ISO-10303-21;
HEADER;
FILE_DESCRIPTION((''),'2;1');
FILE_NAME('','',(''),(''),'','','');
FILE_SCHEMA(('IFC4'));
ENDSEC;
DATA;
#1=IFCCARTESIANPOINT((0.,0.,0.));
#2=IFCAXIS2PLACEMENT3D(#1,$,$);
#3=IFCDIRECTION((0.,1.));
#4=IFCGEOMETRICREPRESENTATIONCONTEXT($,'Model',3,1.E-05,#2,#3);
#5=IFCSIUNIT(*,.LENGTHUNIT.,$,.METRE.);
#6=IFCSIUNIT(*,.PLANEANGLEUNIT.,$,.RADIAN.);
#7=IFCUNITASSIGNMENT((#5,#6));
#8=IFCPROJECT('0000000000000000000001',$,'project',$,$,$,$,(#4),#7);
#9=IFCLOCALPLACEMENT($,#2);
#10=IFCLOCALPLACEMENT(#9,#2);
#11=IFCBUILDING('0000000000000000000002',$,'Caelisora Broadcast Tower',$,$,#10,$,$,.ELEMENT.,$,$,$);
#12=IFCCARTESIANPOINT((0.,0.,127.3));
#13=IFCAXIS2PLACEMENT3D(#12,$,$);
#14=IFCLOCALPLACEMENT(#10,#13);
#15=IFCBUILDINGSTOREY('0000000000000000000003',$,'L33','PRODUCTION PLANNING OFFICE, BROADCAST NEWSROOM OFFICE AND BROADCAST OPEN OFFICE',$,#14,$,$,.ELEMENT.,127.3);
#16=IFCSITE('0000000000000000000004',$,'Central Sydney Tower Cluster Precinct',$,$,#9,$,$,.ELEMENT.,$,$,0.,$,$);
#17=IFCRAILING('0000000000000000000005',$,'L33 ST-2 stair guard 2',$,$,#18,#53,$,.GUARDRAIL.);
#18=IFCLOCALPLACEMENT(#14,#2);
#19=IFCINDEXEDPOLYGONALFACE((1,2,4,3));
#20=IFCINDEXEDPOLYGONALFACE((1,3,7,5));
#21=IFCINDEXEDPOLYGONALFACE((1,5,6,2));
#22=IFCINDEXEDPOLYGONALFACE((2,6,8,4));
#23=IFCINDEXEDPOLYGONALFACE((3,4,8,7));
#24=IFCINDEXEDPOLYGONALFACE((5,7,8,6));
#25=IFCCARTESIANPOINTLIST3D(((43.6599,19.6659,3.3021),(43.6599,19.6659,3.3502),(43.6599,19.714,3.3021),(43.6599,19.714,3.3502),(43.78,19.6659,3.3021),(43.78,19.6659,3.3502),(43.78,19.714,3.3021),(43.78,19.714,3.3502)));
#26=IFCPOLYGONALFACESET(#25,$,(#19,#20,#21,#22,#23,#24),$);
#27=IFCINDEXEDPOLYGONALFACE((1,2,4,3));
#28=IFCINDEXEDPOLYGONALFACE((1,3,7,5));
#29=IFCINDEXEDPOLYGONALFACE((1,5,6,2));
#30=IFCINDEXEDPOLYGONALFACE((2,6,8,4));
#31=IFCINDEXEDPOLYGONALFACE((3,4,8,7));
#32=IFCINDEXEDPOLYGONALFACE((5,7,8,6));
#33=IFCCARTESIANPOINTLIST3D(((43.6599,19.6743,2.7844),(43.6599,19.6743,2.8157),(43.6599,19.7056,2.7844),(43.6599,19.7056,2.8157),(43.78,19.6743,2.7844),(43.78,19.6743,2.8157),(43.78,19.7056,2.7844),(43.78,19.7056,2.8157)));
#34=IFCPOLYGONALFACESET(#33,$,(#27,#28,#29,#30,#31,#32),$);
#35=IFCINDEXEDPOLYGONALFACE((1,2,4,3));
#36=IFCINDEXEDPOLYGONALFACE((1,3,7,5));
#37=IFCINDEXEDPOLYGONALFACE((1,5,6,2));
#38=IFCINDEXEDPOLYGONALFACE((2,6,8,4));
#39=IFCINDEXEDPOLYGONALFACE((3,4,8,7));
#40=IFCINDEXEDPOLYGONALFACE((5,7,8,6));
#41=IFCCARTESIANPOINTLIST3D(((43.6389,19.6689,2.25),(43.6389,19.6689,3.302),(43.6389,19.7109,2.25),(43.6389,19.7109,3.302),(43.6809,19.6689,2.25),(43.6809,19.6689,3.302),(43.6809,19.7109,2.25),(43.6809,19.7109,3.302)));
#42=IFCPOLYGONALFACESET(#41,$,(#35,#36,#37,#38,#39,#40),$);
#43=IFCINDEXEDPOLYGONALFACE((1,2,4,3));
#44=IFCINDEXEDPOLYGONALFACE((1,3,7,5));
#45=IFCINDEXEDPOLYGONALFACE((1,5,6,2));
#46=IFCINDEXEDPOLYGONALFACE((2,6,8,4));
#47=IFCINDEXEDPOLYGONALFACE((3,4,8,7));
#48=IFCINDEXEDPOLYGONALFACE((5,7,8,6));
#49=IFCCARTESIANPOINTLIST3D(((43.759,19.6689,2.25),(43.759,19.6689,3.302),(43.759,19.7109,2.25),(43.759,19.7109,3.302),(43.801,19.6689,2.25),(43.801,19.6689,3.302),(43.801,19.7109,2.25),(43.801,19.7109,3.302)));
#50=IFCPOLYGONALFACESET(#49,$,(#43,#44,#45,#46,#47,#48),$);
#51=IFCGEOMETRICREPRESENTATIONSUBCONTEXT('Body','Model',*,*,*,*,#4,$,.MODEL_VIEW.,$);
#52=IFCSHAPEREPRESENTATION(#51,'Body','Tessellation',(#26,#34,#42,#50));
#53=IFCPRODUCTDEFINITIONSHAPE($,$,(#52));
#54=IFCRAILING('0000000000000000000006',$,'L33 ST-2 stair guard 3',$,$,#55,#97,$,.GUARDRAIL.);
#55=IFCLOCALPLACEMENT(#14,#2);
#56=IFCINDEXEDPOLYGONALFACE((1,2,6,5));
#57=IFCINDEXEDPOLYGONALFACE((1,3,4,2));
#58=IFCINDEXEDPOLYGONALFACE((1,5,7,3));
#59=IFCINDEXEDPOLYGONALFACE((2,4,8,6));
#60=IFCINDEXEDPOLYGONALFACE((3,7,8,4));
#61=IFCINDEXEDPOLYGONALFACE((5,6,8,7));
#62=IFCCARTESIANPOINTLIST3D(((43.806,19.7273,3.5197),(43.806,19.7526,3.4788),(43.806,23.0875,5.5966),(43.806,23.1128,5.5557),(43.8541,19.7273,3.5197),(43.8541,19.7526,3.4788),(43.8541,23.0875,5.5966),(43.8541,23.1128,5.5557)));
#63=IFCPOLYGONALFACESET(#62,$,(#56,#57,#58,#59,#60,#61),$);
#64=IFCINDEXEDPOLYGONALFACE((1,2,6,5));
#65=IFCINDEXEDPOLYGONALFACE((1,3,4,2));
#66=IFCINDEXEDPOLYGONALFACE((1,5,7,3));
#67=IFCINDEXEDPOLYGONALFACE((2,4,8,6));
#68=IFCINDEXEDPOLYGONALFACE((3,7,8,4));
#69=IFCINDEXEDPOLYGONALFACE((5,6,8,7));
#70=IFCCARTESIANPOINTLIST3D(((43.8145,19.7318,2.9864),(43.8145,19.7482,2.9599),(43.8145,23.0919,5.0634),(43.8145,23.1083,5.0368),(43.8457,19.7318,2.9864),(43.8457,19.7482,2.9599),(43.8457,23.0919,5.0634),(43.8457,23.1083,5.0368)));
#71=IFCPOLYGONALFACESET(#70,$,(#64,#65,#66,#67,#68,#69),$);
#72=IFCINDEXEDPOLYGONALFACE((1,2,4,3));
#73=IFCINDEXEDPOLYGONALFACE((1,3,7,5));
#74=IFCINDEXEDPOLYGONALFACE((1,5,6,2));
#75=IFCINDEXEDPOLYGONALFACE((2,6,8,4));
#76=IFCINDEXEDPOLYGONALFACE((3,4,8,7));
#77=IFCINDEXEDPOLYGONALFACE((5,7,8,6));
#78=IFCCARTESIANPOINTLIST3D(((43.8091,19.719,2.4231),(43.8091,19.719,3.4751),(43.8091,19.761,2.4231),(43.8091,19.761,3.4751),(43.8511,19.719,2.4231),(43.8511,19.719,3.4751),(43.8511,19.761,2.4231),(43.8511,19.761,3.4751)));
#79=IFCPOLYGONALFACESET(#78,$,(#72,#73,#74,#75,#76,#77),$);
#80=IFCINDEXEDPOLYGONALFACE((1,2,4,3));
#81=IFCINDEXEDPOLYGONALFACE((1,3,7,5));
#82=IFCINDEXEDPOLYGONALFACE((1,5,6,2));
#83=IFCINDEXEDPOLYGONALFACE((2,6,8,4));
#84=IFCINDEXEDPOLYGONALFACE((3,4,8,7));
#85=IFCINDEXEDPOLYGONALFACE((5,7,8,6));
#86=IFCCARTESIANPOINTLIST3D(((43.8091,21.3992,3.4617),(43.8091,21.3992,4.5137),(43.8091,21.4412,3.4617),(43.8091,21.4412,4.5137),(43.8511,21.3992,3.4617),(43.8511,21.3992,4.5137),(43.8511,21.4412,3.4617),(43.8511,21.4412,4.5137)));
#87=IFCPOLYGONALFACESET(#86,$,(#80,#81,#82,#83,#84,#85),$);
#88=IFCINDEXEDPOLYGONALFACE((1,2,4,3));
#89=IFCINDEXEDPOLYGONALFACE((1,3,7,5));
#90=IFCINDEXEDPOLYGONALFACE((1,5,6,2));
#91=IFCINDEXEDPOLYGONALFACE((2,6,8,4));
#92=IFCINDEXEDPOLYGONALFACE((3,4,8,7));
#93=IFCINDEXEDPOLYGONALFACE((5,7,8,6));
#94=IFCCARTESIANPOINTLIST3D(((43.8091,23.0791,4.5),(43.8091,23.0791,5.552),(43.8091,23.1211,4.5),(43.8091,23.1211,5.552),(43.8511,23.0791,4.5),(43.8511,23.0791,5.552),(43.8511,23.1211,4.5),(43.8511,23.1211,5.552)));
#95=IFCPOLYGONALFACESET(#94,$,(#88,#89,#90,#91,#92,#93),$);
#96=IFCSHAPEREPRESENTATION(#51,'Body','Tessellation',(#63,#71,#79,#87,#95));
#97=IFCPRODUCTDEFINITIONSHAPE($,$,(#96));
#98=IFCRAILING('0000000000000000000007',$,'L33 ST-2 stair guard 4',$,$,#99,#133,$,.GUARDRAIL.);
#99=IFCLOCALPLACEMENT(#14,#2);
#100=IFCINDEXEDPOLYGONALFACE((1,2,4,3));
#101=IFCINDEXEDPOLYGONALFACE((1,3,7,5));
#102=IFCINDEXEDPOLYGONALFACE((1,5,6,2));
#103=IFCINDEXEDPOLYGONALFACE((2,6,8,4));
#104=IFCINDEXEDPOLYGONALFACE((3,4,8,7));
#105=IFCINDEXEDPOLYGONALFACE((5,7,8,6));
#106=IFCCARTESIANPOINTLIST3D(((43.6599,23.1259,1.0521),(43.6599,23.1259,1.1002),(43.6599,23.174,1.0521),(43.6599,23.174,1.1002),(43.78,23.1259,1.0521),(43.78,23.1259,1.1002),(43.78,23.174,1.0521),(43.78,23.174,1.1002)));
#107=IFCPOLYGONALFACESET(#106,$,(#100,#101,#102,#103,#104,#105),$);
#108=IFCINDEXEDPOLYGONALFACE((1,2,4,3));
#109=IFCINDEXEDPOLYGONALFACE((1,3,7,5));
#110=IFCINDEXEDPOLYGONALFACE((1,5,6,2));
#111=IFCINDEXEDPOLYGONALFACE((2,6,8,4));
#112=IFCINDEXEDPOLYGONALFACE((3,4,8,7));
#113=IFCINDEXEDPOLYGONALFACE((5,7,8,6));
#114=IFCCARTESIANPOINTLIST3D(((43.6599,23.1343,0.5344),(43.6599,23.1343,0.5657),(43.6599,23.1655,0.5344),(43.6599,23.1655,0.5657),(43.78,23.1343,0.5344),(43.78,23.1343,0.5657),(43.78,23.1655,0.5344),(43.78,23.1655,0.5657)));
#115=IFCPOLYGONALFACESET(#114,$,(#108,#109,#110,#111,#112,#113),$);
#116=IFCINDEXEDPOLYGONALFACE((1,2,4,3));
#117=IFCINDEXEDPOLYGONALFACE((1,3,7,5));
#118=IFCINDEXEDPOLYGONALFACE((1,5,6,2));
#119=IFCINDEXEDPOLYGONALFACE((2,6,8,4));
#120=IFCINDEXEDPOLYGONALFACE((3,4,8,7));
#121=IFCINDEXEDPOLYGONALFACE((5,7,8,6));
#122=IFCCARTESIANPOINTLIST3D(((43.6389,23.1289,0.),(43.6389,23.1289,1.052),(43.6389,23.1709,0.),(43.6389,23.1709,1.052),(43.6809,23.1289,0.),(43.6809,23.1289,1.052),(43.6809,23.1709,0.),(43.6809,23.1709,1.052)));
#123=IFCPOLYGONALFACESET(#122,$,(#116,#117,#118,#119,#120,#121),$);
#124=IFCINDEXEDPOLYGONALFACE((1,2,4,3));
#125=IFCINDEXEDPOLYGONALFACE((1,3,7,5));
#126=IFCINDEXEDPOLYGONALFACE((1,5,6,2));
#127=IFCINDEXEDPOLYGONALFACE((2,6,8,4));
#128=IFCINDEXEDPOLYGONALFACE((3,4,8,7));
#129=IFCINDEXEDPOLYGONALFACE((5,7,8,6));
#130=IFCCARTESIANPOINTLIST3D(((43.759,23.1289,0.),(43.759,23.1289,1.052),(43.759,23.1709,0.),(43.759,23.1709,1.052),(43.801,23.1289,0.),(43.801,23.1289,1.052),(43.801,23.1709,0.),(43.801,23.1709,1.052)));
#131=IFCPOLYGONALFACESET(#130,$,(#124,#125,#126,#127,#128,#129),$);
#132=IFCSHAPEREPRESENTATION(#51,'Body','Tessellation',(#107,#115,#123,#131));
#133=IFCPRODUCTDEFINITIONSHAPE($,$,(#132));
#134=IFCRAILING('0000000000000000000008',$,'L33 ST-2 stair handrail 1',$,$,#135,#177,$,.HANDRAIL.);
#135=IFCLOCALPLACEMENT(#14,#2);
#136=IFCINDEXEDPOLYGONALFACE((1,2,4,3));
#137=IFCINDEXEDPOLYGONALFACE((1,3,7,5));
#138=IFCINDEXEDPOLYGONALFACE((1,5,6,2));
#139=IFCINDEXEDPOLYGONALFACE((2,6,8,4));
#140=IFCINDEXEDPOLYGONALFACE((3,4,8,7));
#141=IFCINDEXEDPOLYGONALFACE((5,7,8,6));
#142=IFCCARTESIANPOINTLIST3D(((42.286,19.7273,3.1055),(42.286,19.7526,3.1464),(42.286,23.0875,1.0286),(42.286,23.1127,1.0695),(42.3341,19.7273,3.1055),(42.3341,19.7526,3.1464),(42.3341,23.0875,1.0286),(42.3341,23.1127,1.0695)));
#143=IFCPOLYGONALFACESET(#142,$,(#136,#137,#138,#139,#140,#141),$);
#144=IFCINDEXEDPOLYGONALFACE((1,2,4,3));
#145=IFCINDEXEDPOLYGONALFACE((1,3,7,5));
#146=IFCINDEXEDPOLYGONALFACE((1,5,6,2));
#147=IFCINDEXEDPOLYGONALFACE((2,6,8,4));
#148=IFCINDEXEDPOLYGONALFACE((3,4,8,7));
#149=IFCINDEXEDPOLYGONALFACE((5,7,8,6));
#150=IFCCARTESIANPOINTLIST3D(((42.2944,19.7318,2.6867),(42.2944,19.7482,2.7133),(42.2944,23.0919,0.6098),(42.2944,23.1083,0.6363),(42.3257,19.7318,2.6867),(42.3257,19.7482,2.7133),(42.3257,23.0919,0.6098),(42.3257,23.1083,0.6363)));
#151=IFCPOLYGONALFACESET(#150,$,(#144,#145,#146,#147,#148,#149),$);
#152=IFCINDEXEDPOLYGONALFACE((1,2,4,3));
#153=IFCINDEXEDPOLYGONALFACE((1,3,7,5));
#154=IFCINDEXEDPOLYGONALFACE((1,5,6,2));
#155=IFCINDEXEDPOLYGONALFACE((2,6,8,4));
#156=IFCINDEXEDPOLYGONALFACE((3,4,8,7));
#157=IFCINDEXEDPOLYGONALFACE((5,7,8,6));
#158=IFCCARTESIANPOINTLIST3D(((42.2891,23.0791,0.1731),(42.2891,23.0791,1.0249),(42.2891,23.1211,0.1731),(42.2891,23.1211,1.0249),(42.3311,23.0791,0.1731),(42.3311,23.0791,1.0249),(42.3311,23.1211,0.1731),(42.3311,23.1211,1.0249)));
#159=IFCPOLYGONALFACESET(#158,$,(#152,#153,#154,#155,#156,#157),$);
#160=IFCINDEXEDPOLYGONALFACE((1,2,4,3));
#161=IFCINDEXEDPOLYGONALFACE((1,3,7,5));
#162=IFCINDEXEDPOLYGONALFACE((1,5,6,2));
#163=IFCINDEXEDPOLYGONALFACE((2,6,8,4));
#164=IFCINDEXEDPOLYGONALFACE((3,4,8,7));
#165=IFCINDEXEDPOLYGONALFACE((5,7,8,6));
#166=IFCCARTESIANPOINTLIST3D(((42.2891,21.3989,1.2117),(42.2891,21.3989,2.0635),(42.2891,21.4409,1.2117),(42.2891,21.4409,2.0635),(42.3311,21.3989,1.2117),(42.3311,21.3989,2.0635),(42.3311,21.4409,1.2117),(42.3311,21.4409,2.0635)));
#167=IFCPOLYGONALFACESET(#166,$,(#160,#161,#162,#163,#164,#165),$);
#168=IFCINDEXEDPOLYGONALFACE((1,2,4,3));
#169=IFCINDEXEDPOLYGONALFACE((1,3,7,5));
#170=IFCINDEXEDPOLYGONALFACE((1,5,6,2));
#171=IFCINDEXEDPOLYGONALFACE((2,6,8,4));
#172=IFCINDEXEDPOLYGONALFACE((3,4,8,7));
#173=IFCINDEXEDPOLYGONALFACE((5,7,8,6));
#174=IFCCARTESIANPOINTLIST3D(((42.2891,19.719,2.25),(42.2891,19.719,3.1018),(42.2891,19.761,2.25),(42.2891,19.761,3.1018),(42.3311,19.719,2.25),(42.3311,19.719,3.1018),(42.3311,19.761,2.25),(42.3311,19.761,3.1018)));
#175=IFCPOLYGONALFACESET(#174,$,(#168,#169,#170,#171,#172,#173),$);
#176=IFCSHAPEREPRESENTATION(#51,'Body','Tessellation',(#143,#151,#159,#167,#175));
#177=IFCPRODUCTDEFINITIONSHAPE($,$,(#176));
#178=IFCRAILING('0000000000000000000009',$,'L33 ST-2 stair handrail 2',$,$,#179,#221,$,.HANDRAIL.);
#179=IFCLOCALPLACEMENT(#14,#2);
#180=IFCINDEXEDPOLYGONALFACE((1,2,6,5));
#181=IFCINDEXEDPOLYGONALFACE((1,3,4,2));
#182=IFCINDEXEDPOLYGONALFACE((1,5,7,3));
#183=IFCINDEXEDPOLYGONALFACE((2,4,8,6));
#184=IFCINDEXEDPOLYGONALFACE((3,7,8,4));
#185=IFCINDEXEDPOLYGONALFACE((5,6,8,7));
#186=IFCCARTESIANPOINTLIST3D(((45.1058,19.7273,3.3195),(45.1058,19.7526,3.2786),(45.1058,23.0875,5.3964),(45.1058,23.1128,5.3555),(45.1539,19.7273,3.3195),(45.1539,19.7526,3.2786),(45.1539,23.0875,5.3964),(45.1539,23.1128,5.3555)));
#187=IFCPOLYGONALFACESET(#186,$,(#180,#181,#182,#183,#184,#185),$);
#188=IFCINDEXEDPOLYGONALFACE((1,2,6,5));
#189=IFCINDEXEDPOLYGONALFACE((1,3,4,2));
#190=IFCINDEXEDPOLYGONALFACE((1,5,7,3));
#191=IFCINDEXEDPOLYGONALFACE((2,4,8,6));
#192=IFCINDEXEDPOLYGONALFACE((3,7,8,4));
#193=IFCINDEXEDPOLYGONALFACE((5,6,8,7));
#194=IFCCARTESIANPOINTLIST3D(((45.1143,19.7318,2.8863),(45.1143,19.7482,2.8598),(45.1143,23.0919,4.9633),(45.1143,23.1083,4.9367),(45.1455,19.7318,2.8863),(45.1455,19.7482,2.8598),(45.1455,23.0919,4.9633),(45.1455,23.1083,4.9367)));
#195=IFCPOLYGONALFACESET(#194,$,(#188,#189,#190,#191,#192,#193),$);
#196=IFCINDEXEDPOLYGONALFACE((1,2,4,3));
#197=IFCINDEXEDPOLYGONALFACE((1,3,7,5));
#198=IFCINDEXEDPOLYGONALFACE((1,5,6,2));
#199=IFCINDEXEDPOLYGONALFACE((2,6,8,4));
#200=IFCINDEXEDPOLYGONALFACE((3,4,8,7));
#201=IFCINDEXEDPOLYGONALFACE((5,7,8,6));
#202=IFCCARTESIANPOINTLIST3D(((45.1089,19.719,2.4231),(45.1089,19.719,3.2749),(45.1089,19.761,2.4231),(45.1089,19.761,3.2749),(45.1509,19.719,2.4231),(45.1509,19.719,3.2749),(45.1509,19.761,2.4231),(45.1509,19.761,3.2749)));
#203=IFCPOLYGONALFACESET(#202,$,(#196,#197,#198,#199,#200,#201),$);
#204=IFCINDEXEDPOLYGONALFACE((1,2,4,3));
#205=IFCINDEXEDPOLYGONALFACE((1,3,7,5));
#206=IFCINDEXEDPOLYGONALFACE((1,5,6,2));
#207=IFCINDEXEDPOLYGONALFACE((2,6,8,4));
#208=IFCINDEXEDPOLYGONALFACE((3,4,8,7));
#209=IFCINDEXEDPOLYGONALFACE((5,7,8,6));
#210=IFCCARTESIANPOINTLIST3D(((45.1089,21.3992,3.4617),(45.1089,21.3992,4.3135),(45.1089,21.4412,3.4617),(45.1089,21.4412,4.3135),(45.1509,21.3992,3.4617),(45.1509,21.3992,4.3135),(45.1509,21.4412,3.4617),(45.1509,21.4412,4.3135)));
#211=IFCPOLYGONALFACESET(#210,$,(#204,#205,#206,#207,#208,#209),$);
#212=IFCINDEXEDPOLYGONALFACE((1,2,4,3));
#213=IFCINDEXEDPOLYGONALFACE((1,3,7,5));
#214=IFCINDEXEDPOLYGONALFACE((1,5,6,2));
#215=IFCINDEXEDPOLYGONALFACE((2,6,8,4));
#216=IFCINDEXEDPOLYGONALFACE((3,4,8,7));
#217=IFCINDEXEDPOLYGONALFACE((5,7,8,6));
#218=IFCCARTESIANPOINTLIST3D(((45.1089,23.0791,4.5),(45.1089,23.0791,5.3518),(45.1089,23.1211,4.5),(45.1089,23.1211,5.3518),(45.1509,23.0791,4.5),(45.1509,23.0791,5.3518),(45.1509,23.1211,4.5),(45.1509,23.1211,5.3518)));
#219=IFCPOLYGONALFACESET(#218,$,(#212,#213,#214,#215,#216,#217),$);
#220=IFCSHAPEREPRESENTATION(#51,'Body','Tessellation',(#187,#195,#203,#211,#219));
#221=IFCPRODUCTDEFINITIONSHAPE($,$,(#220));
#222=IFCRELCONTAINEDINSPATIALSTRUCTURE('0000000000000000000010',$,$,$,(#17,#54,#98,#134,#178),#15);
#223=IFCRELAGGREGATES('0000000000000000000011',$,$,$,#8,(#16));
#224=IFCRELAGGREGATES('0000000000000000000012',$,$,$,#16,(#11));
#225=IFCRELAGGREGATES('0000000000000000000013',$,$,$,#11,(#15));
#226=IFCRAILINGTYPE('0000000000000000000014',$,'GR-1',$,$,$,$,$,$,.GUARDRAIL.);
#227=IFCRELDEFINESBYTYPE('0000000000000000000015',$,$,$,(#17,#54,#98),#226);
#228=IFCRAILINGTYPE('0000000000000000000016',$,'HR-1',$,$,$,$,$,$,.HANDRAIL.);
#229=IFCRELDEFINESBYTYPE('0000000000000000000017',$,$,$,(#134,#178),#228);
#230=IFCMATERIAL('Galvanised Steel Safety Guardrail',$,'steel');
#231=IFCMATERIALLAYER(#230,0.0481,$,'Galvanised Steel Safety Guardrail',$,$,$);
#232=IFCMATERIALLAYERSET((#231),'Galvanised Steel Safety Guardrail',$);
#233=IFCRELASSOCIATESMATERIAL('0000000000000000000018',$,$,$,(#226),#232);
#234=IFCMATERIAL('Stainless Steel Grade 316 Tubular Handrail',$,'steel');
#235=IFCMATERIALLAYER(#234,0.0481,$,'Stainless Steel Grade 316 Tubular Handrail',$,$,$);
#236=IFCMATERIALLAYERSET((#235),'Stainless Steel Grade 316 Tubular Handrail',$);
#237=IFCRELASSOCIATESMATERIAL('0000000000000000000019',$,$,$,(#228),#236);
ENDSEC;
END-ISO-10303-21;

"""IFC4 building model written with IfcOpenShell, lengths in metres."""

from ifc_helpers import new_model, si_unit, direction, frame, origin, origin_2d, place, context, subcontext, project, spatial, rectangle, extrude, material, layer, layer_set, type_object, element, save


model = new_model("IFC4")

# Units and contexts
model_context = context("Model", 3, precision=1e-05, world=origin(), true_north=direction((0.0, 1.0)))
body_context = subcontext(model_context, "Body", "Model", "MODEL_VIEW")
ifc_project = project(units=[si_unit("LENGTHUNIT", "METRE"), si_unit("PLANEANGLEUNIT", "RADIAN")], contexts=[model_context])

# Site, building, storey
site_placement = place(None, origin())
site = spatial("IfcSite", under=ifc_project, at=site_placement, Name="Central Sydney Tower Cluster Precinct", CompositionType="ELEMENT", RefElevation=0.0)
building_placement = place(site_placement, origin())
building = spatial("IfcBuilding", under=site, at=building_placement, Name="Caelisora Broadcast Tower", CompositionType="ELEMENT")
storey_placement = place(building_placement, frame((0.0, 0.0, 127.3)))
storey = spatial("IfcBuildingStorey", under=building, at=storey_placement, Name="L33", Description="PRODUCTION PLANNING OFFICE, BROADCAST NEWSROOM OFFICE AND BROADCAST OPEN OFFICE", CompositionType="ELEMENT", Elevation=127.3)

# Railings
ifc_material_1 = material(Name="Galvanised Steel Safety Guardrail", Category="steel")
ifc_layer_1 = layer(ifc_material_1, 0.0481, Name="Galvanised Steel Safety Guardrail")
ifc_layer_set_1 = layer_set([ifc_layer_1], Name="Galvanised Steel Safety Guardrail")
railing_type_1 = type_object("IfcRailingType", Name="GR-1", PredefinedType="GUARDRAIL", material=ifc_layer_set_1)
railing_1_placement = place(storey_placement, frame((43.6599, 19.6899, 2.25)))
element("IfcRailing", 1, at=railing_1_placement, inside=storey, type_object=railing_type_1, Name="L33 ST-2 stair guard 2", PredefinedType="GUARDRAIL", context=body_context, shape_type="SweptSolid", body=[
    extrude(rectangle(XDim=0.0481, YDim=0.0481, at=origin_2d()), frame((0.0, 0.0, 1.0762), z_axis=(1.0, 0.0, 0.0), x_axis=(0.0, 1.0, 0.0)), (0.0, 0.0, 1.0), 0.1201),
    extrude(rectangle(XDim=0.0312, YDim=0.0312, at=origin_2d()), frame((0.0, 0.0, 0.55), z_axis=(1.0, 0.0, 0.0), x_axis=(0.0, 1.0, 0.0)), (0.0, 0.0, 1.0), 0.1201),
    extrude(rectangle(XDim=0.042, YDim=0.042, at=origin_2d()), origin(), (0.0, 0.0, 1.0), 1.052),
    extrude(rectangle(XDim=0.042, YDim=0.042, at=origin_2d()), frame((0.1201, 0.0, 0.0)), (0.0, 0.0, 1.0), 1.052),
])
railing_2_placement = place(storey_placement, frame((43.8301, 19.74, 2.4231)))
element("IfcRailing", 2, at=railing_2_placement, inside=storey, type_object=railing_type_1, Name="L33 ST-2 stair guard 3", PredefinedType="GUARDRAIL", context=body_context, shape_type="SweptSolid", body=[
    extrude(rectangle(XDim=0.0481, YDim=0.0481, at=origin_2d()), frame((0.0, 0.0, 1.0762), z_axis=(0.0, 0.850623, 0.525776), x_axis=(-1.0, 0.0, 0.0)), (0.0, 0.0, 1.0), 3.9502),
    extrude(rectangle(XDim=0.0312, YDim=0.0312, at=origin_2d()), frame((0.0, 0.0, 0.55), z_axis=(0.0, 0.850623, 0.525776), x_axis=(-1.0, 0.0, 0.0)), (0.0, 0.0, 1.0), 3.9502),
    extrude(rectangle(XDim=0.042, YDim=0.042, at=origin_2d()), origin(), (0.0, 0.0, 1.0), 1.052),
    extrude(rectangle(XDim=0.042, YDim=0.042, at=origin_2d()), frame((0.0, 1.6802, 1.0386)), (0.0, 0.0, 1.0), 1.052),
    extrude(rectangle(XDim=0.042, YDim=0.042, at=origin_2d()), frame((0.0, 3.3601, 2.0769)), (0.0, 0.0, 1.0), 1.052),
])
railing_3_placement = place(storey_placement, frame((43.6599, 23.1499, 0.0)))
element("IfcRailing", 3, at=railing_3_placement, inside=storey, type_object=railing_type_1, Name="L33 ST-2 stair guard 4", PredefinedType="GUARDRAIL", context=body_context, shape_type="SweptSolid", body=[
    extrude(rectangle(XDim=0.0481, YDim=0.0481, at=origin_2d()), frame((0.0, 0.0, 1.0762), z_axis=(1.0, 0.0, 0.0), x_axis=(0.0, 1.0, 0.0)), (0.0, 0.0, 1.0), 0.1201),
    extrude(rectangle(XDim=0.0312, YDim=0.0312, at=origin_2d()), frame((0.0, 0.0, 0.55), z_axis=(1.0, 0.0, 0.0), x_axis=(0.0, 1.0, 0.0)), (0.0, 0.0, 1.0), 0.1201),
    extrude(rectangle(XDim=0.042, YDim=0.042, at=origin_2d()), origin(), (0.0, 0.0, 1.0), 1.052),
    extrude(rectangle(XDim=0.042, YDim=0.042, at=origin_2d()), frame((0.1201, 0.0, 0.0)), (0.0, 0.0, 1.0), 1.052),
])
ifc_material_2 = material(Name="Stainless Steel Grade 316 Tubular Handrail", Category="steel")
ifc_layer_2 = layer(ifc_material_2, 0.0481, Name="Stainless Steel Grade 316 Tubular Handrail")
ifc_layer_set_2 = layer_set([ifc_layer_2], Name="Stainless Steel Grade 316 Tubular Handrail")
railing_type_2 = type_object("IfcRailingType", Name="HR-1", PredefinedType="HANDRAIL", material=ifc_layer_set_2)
railing_4_placement = place(storey_placement, frame((42.3101, 23.1001, 0.1731)))
element("IfcRailing", 4, at=railing_4_placement, inside=storey, type_object=railing_type_2, Name="L33 ST-2 stair handrail 1", PredefinedType="HANDRAIL", context=body_context, shape_type="SweptSolid", body=[
    extrude(rectangle(XDim=0.0481, YDim=0.0481, at=origin_2d()), frame((0.0, 0.0, 0.876), z_axis=(0.0, -0.850623, 0.525776), x_axis=(1.0, 0.0, 0.0)), (0.0, 0.0, 1.0), 3.9502),
    extrude(rectangle(XDim=0.0312, YDim=0.0312, at=origin_2d()), frame((0.0, 0.0, 0.45), z_axis=(0.0, -0.850623, 0.525776), x_axis=(1.0, 0.0, 0.0)), (0.0, 0.0, 1.0), 3.9502),
    extrude(rectangle(XDim=0.042, YDim=0.042, at=origin_2d()), origin(), (0.0, 0.0, 1.0), 0.8518),
    extrude(rectangle(XDim=0.042, YDim=0.042, at=origin_2d()), frame((0.0, -1.6802, 1.0386)), (0.0, 0.0, 1.0), 0.8518),
    extrude(rectangle(XDim=0.042, YDim=0.042, at=origin_2d()), frame((0.0, -3.3601, 2.0769)), (0.0, 0.0, 1.0), 0.8518),
])
railing_5_placement = place(storey_placement, frame((45.1299, 19.74, 2.4231)))
element("IfcRailing", 5, at=railing_5_placement, inside=storey, type_object=railing_type_2, Name="L33 ST-2 stair handrail 2", PredefinedType="HANDRAIL", context=body_context, shape_type="SweptSolid", body=[
    extrude(rectangle(XDim=0.0481, YDim=0.0481, at=origin_2d()), frame((0.0, 0.0, 0.876), z_axis=(0.0, 0.850623, 0.525776), x_axis=(-1.0, 0.0, 0.0)), (0.0, 0.0, 1.0), 3.9502),
    extrude(rectangle(XDim=0.0312, YDim=0.0312, at=origin_2d()), frame((0.0, 0.0, 0.45), z_axis=(0.0, 0.850623, 0.525776), x_axis=(-1.0, 0.0, 0.0)), (0.0, 0.0, 1.0), 3.9502),
    extrude(rectangle(XDim=0.042, YDim=0.042, at=origin_2d()), origin(), (0.0, 0.0, 1.0), 0.8518),
    extrude(rectangle(XDim=0.042, YDim=0.042, at=origin_2d()), frame((0.0, 1.6802, 1.0386)), (0.0, 0.0, 1.0), 0.8518),
    extrude(rectangle(XDim=0.042, YDim=0.042, at=origin_2d()), frame((0.0, 3.3601, 2.0769)), (0.0, 0.0, 1.0), 0.8518),
])

save(model, "model.ifc")
